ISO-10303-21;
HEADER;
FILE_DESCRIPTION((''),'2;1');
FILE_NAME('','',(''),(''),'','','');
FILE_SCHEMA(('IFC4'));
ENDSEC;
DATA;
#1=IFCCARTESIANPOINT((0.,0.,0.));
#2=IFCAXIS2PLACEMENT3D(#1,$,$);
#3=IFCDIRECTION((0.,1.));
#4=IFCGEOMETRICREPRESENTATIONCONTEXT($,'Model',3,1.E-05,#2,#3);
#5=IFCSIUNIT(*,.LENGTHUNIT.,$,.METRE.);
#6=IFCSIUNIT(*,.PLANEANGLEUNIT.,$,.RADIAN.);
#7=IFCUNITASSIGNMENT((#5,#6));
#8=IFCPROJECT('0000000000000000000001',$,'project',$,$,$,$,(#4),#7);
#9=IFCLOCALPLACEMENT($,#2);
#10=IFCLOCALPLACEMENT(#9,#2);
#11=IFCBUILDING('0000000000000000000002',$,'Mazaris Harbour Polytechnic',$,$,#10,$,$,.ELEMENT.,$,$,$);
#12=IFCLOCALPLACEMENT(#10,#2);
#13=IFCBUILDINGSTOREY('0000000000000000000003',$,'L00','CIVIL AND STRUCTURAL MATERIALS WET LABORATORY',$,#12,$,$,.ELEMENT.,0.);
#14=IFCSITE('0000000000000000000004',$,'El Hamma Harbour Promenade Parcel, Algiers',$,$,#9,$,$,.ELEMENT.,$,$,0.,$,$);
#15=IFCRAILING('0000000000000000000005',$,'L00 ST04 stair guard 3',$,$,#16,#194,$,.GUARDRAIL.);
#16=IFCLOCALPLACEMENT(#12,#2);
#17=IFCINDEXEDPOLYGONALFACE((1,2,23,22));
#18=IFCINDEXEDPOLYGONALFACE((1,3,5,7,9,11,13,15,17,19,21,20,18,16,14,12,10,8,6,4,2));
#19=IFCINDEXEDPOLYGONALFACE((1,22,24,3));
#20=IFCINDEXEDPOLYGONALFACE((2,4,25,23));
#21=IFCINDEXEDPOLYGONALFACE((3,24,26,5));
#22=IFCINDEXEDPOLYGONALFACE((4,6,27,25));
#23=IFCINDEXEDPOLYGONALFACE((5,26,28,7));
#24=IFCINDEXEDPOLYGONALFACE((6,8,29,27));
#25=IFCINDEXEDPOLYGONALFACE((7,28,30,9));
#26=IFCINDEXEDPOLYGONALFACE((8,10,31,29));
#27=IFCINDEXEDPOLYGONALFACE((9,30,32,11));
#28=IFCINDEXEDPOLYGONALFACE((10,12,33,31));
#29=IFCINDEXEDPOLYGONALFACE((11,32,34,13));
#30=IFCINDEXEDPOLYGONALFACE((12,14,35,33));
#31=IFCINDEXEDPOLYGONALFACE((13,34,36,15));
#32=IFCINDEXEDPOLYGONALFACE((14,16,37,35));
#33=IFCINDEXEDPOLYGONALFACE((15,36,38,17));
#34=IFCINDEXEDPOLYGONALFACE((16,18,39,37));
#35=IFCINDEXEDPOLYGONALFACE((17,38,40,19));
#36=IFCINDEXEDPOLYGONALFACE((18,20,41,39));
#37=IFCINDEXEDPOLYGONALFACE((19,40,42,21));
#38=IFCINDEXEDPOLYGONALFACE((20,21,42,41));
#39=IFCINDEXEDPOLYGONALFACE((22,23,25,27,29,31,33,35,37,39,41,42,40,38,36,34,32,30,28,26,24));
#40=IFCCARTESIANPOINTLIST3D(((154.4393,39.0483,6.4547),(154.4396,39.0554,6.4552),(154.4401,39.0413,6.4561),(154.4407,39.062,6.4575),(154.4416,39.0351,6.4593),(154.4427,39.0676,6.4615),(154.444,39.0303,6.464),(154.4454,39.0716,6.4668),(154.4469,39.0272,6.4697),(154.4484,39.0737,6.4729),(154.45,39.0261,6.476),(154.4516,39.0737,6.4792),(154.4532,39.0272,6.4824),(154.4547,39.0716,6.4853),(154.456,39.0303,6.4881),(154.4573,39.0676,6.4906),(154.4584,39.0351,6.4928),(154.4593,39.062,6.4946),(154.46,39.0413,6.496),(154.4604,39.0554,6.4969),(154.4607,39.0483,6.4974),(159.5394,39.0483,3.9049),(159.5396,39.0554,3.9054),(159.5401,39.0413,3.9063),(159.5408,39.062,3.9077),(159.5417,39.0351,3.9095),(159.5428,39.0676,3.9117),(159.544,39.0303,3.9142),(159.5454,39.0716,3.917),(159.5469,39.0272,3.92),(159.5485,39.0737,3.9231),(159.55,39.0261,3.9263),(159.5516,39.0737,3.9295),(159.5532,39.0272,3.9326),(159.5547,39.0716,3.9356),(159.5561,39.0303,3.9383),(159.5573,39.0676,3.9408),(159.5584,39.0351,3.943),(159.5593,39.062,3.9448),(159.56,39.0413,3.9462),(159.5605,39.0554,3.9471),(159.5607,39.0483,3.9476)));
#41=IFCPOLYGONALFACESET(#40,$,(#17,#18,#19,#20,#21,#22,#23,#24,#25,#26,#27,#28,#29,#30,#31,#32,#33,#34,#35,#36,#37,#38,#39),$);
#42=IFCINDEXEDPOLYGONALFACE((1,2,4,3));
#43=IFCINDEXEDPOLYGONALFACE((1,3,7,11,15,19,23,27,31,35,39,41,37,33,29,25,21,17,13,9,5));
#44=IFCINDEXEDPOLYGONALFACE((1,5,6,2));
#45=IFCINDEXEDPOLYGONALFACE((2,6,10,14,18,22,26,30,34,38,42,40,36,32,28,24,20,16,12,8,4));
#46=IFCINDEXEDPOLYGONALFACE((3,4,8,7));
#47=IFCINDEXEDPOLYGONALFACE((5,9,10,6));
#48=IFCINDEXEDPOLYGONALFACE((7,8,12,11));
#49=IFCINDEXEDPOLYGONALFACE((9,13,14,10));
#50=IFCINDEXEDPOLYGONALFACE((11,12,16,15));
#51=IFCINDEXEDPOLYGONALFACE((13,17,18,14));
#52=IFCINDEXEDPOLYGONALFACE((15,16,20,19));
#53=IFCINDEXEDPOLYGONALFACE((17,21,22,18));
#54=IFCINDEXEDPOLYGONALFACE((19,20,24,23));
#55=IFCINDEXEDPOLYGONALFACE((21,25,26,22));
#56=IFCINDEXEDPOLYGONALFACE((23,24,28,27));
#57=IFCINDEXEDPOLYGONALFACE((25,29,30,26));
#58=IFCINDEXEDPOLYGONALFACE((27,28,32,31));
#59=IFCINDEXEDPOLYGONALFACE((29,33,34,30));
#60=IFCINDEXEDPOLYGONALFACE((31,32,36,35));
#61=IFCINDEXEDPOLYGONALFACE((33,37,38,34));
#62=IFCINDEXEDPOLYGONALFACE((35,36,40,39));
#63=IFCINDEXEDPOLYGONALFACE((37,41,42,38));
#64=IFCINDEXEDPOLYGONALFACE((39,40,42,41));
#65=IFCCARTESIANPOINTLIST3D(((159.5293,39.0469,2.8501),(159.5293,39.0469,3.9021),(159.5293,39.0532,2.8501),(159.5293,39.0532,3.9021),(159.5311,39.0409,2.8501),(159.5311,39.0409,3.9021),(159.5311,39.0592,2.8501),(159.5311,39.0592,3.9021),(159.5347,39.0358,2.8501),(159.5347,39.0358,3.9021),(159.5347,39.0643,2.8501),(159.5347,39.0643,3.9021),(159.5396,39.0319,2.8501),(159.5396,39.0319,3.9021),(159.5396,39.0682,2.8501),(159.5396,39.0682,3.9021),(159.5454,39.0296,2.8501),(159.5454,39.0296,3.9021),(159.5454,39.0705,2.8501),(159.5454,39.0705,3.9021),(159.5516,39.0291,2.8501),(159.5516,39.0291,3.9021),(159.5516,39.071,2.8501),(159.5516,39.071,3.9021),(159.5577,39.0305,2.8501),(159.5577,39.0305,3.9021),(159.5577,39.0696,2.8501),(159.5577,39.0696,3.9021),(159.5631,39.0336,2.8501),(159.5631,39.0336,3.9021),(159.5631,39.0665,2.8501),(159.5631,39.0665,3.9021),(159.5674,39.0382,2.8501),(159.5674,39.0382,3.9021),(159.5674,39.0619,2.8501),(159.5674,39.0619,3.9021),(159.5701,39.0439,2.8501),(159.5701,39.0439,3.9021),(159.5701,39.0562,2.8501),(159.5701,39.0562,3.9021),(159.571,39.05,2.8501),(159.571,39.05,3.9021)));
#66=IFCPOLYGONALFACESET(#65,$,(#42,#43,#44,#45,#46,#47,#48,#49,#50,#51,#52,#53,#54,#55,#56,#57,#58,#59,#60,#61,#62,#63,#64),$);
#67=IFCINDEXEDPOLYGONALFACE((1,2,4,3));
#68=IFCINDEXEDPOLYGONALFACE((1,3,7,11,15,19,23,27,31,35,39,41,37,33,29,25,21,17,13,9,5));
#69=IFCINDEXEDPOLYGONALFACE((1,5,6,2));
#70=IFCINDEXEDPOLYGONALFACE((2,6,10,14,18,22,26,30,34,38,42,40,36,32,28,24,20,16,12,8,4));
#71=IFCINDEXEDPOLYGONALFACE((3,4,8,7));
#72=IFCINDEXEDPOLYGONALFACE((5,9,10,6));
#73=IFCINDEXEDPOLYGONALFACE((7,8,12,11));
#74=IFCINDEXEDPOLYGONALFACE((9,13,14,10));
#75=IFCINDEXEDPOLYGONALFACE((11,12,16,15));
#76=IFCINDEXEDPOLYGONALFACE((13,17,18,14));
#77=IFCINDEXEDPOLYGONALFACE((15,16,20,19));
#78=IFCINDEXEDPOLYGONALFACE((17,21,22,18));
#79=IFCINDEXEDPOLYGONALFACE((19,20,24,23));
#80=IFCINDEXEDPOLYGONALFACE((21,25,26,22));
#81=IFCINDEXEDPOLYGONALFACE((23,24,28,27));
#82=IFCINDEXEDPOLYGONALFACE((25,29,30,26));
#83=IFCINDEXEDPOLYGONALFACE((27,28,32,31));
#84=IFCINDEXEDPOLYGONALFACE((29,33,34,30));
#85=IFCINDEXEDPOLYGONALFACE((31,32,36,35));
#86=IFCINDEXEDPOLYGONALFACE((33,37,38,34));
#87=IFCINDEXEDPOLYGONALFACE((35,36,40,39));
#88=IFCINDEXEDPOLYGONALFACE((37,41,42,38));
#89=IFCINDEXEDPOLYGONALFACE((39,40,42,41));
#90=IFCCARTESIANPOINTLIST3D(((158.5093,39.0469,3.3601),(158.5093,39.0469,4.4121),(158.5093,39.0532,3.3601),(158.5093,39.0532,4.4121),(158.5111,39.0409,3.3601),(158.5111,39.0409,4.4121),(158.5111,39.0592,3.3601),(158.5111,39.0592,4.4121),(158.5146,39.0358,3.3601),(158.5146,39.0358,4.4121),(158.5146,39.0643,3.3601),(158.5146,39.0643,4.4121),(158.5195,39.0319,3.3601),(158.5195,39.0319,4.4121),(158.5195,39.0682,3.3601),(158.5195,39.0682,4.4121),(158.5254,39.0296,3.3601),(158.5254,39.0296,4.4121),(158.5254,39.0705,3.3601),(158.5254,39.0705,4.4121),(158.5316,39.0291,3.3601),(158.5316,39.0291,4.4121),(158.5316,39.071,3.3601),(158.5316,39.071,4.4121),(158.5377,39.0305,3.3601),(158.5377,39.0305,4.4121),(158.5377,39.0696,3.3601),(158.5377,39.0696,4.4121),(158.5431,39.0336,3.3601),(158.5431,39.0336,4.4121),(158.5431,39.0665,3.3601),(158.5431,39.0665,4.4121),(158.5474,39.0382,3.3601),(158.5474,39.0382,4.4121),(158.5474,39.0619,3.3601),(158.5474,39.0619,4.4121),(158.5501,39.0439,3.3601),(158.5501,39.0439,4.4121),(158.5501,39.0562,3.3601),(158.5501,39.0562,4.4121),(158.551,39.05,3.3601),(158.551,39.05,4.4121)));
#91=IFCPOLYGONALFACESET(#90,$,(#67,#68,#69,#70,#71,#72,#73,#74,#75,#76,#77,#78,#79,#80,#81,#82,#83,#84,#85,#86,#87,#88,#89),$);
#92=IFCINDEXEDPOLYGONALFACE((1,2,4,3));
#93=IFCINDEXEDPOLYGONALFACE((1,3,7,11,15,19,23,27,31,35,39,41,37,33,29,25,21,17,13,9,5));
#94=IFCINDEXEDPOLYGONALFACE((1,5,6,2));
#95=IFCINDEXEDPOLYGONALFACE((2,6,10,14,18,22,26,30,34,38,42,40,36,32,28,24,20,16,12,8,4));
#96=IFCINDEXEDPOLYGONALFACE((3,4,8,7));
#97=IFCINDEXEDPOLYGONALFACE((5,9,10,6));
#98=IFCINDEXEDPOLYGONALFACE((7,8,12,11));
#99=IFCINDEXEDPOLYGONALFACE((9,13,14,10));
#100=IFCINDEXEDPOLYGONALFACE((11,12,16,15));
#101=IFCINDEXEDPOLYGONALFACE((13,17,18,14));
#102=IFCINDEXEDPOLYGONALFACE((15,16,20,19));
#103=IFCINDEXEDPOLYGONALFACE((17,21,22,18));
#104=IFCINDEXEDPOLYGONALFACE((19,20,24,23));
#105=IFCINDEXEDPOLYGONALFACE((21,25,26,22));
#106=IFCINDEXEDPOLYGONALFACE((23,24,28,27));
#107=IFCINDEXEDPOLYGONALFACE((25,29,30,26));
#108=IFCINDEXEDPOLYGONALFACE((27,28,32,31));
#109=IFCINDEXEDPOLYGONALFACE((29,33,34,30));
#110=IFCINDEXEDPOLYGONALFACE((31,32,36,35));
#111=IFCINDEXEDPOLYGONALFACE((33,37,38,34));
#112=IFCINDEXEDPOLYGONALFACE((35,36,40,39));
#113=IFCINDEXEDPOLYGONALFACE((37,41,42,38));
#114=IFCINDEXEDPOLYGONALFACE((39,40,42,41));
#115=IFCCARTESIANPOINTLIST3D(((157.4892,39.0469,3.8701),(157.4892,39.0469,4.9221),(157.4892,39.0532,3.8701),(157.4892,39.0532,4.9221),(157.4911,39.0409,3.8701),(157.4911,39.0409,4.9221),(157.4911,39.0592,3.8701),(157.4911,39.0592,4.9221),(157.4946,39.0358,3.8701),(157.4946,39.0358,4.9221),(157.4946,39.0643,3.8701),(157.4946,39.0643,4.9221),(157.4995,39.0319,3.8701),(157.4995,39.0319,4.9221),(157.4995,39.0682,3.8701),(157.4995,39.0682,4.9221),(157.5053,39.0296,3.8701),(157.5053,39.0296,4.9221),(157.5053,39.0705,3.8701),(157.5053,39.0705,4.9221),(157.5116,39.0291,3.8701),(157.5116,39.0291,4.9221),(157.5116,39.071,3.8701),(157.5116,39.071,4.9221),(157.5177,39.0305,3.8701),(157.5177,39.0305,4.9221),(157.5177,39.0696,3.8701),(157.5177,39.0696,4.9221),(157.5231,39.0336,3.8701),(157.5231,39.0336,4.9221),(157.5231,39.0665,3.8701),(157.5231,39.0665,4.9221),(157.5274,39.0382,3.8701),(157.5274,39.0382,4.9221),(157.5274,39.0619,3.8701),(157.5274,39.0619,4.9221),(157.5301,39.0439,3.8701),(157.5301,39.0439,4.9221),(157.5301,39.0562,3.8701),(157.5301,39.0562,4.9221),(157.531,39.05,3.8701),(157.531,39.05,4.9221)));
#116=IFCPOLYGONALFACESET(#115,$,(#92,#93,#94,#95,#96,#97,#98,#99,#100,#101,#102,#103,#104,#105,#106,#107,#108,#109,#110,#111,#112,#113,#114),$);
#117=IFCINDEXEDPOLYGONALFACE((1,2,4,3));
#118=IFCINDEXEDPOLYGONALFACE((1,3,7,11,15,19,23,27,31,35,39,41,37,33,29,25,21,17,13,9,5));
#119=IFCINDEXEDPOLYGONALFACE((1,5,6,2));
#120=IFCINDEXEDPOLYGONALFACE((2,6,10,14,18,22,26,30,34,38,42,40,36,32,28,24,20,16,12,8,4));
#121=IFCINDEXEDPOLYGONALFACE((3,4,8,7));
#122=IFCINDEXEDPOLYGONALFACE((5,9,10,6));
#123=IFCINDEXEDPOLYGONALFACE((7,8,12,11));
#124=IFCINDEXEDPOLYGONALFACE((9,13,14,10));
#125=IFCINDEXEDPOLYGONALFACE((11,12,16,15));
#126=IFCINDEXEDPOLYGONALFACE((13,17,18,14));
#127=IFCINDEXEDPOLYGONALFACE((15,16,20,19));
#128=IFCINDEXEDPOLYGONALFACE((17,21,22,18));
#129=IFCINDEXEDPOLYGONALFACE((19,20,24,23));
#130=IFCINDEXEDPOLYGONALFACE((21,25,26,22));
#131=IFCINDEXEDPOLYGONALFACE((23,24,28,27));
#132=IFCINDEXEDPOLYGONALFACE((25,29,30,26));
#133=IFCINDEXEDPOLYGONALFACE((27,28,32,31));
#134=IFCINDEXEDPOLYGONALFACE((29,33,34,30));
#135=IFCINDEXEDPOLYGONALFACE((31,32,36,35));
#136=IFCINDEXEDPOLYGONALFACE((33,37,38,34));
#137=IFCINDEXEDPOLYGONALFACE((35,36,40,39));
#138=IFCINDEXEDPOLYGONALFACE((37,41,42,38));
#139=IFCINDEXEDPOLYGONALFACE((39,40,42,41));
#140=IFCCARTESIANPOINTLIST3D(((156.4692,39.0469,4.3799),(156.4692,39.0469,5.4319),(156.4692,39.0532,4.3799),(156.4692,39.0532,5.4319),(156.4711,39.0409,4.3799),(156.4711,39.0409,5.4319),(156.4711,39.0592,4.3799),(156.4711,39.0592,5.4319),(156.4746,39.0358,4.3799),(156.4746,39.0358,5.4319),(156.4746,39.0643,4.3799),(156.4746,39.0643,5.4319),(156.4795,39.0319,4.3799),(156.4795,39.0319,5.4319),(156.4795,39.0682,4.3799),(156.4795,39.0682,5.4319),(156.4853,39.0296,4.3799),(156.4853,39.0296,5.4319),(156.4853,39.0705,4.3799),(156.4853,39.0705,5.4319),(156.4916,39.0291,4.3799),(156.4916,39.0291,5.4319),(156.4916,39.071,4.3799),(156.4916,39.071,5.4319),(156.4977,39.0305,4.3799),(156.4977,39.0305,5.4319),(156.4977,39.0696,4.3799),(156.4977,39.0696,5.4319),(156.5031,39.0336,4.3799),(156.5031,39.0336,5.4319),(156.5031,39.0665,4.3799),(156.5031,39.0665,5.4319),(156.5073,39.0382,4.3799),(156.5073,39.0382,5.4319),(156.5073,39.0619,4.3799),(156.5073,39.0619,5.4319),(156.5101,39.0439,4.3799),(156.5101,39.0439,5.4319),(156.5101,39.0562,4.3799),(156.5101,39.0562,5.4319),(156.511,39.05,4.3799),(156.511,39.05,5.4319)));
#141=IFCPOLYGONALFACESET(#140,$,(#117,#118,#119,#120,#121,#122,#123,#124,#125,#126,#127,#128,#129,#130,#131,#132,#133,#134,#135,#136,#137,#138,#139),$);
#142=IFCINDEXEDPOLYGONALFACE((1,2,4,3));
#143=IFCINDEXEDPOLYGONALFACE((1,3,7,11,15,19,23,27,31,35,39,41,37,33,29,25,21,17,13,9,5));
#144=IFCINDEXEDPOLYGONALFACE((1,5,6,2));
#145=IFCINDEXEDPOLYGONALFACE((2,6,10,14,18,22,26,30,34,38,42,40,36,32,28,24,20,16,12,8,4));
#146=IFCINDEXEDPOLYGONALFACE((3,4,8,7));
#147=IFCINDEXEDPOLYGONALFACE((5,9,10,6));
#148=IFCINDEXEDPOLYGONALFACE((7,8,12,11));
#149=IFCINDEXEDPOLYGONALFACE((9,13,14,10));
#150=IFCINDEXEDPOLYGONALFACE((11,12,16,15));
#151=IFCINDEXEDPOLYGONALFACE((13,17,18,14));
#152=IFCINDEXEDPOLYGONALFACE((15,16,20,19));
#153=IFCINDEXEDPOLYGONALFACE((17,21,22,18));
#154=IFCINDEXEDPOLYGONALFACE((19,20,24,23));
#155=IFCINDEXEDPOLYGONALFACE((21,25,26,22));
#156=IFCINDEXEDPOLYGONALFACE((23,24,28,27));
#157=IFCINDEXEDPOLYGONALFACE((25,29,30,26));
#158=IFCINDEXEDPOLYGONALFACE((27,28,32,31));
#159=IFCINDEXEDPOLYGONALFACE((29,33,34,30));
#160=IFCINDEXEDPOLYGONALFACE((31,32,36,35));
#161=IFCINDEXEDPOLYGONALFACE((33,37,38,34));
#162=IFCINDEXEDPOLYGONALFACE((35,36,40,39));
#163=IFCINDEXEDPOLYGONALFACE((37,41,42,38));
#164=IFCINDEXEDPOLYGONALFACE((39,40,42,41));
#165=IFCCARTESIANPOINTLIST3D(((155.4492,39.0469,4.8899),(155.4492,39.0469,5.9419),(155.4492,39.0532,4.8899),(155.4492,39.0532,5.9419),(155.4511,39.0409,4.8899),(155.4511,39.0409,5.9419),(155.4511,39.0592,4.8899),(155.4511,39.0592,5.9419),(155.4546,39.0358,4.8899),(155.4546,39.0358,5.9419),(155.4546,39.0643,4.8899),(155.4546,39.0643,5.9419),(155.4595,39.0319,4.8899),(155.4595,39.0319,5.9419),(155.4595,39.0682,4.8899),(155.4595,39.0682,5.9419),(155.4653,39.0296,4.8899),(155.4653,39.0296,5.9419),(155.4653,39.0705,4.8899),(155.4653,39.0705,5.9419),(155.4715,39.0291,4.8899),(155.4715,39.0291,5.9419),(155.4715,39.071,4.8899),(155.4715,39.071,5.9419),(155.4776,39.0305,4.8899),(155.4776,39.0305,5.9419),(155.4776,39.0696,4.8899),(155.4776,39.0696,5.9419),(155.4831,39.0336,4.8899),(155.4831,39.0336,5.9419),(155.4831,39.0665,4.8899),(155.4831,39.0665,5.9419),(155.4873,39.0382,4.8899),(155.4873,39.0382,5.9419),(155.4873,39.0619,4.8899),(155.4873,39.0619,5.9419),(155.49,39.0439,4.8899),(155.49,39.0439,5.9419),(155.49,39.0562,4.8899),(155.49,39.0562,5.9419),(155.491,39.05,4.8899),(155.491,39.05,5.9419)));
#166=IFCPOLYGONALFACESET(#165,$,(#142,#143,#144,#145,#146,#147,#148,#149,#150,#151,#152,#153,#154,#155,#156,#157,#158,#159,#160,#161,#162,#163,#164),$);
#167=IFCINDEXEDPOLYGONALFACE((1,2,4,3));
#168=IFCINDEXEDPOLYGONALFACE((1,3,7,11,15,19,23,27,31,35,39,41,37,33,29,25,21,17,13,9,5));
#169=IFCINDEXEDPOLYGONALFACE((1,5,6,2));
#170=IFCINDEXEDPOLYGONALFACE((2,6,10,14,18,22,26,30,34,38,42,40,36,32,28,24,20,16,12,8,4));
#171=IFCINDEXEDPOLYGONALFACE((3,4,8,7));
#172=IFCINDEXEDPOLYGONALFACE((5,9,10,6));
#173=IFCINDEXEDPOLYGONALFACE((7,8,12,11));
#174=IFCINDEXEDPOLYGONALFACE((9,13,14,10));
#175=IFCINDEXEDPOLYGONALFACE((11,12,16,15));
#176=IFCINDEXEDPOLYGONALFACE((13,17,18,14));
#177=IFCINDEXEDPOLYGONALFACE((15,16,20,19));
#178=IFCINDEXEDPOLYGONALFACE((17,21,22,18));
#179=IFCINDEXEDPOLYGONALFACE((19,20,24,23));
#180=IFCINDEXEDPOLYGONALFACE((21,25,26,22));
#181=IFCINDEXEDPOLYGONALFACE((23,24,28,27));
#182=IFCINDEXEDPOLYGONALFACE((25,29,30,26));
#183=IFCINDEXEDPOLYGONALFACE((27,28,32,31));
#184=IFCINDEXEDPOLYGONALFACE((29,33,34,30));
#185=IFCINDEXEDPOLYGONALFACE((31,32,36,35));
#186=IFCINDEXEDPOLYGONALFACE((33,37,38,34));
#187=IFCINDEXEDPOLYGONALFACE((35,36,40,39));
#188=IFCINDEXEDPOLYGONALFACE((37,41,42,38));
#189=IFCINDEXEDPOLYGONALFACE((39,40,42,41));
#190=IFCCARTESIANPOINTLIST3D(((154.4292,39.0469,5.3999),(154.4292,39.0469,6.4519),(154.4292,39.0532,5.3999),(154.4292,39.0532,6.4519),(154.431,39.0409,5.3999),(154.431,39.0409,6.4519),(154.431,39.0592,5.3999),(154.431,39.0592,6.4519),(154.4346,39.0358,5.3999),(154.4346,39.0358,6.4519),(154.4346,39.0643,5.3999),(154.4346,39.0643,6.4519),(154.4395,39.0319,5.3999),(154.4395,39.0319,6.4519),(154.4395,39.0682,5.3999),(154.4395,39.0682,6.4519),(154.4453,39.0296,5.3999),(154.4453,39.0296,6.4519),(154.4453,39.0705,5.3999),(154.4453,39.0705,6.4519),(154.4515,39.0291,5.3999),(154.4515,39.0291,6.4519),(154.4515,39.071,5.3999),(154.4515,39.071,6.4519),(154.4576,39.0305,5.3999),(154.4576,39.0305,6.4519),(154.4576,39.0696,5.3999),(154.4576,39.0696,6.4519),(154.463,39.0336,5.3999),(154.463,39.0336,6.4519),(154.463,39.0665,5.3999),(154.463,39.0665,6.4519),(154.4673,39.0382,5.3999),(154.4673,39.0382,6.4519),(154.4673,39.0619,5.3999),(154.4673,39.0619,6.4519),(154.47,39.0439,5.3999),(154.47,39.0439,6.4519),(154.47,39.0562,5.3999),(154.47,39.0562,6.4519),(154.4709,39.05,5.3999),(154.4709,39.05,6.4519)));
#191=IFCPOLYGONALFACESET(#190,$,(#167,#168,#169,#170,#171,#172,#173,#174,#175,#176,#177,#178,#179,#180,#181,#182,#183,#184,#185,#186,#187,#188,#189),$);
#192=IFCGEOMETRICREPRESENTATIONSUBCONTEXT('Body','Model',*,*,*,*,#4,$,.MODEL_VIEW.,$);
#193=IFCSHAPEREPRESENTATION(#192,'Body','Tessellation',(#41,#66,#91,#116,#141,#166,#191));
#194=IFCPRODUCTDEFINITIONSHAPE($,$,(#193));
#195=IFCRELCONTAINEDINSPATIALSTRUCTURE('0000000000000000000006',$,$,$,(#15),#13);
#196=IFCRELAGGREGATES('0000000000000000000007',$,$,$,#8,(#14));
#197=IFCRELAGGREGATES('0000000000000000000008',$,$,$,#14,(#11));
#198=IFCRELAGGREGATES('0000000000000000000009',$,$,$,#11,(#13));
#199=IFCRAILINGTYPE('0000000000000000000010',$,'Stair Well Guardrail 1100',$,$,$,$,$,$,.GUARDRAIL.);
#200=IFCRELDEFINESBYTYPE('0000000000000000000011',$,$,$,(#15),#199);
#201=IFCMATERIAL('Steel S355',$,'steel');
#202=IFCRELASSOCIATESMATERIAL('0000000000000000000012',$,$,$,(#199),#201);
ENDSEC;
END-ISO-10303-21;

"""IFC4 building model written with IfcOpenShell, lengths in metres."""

from ifc_helpers import new_model, si_unit, direction, frame, origin, origin_2d, place, context, subcontext, project, spatial, circle, extrude, material, type_object, element, save


model = new_model("IFC4")

# Units and contexts
model_context = context("Model", 3, precision=1e-05, world=origin(), true_north=direction((0.0, 1.0)))
body_context = subcontext(model_context, "Body", "Model", "MODEL_VIEW")
ifc_project = project(units=[si_unit("LENGTHUNIT", "METRE"), si_unit("PLANEANGLEUNIT", "RADIAN")], contexts=[model_context])

# Site, building, storey
site_placement = place(None, origin())
site = spatial("IfcSite", under=ifc_project, at=site_placement, Name="El Hamma Harbour Promenade Parcel, Algiers", CompositionType="ELEMENT", RefElevation=0.0)
building_placement = place(site_placement, origin())
building = spatial("IfcBuilding", under=site, at=building_placement, Name="Mazaris Harbour Polytechnic", CompositionType="ELEMENT")
storey_placement = place(building_placement, origin())
storey = spatial("IfcBuildingStorey", under=building, at=storey_placement, Name="L00", Description="CIVIL AND STRUCTURAL MATERIALS WET LABORATORY", CompositionType="ELEMENT", Elevation=0.0)

# Railing
ifc_material_1 = material(Name="Steel S355", Category="steel")
railing_type_1 = type_object("IfcRailingType", Name="Stair Well Guardrail 1100", PredefinedType="GUARDRAIL", material=ifc_material_1)
railing_1_placement = place(storey_placement, frame((159.55, 39.05, 2.8501)))
element("IfcRailing", 1, at=railing_1_placement, inside=storey, type_object=railing_type_1, Name="L00 ST04 stair guard 3", PredefinedType="GUARDRAIL", context=body_context, shape_type="SweptSolid", body=[
    extrude(circle(Radius=0.0239, at=origin_2d()), frame((0.0, 0.0, 1.0762), z_axis=(-0.894444, 0.0, 0.447179), x_axis=(0.0, -1.0, 0.0)), (0.0, 0.0, 1.0), 5.7019),
    extrude(circle(Radius=0.021, at=origin_2d()), origin(), (0.0, 0.0, 1.0), 1.052),
    extrude(circle(Radius=0.021, at=origin_2d()), frame((-1.02, 0.0, 0.51)), (0.0, 0.0, 1.0), 1.052),
    extrude(circle(Radius=0.021, at=origin_2d()), frame((-2.04, 0.0, 1.02)), (0.0, 0.0, 1.0), 1.052),
    extrude(circle(Radius=0.021, at=origin_2d()), frame((-3.0601, 0.0, 1.5298)), (0.0, 0.0, 1.0), 1.052),
    extrude(circle(Radius=0.021, at=origin_2d()), frame((-4.0801, 0.0, 2.0398)), (0.0, 0.0, 1.0), 1.052),
    extrude(circle(Radius=0.021, at=origin_2d()), frame((-5.1001, 0.0, 2.5498)), (0.0, 0.0, 1.0), 1.052),
])

save(model, "model.ifc")
